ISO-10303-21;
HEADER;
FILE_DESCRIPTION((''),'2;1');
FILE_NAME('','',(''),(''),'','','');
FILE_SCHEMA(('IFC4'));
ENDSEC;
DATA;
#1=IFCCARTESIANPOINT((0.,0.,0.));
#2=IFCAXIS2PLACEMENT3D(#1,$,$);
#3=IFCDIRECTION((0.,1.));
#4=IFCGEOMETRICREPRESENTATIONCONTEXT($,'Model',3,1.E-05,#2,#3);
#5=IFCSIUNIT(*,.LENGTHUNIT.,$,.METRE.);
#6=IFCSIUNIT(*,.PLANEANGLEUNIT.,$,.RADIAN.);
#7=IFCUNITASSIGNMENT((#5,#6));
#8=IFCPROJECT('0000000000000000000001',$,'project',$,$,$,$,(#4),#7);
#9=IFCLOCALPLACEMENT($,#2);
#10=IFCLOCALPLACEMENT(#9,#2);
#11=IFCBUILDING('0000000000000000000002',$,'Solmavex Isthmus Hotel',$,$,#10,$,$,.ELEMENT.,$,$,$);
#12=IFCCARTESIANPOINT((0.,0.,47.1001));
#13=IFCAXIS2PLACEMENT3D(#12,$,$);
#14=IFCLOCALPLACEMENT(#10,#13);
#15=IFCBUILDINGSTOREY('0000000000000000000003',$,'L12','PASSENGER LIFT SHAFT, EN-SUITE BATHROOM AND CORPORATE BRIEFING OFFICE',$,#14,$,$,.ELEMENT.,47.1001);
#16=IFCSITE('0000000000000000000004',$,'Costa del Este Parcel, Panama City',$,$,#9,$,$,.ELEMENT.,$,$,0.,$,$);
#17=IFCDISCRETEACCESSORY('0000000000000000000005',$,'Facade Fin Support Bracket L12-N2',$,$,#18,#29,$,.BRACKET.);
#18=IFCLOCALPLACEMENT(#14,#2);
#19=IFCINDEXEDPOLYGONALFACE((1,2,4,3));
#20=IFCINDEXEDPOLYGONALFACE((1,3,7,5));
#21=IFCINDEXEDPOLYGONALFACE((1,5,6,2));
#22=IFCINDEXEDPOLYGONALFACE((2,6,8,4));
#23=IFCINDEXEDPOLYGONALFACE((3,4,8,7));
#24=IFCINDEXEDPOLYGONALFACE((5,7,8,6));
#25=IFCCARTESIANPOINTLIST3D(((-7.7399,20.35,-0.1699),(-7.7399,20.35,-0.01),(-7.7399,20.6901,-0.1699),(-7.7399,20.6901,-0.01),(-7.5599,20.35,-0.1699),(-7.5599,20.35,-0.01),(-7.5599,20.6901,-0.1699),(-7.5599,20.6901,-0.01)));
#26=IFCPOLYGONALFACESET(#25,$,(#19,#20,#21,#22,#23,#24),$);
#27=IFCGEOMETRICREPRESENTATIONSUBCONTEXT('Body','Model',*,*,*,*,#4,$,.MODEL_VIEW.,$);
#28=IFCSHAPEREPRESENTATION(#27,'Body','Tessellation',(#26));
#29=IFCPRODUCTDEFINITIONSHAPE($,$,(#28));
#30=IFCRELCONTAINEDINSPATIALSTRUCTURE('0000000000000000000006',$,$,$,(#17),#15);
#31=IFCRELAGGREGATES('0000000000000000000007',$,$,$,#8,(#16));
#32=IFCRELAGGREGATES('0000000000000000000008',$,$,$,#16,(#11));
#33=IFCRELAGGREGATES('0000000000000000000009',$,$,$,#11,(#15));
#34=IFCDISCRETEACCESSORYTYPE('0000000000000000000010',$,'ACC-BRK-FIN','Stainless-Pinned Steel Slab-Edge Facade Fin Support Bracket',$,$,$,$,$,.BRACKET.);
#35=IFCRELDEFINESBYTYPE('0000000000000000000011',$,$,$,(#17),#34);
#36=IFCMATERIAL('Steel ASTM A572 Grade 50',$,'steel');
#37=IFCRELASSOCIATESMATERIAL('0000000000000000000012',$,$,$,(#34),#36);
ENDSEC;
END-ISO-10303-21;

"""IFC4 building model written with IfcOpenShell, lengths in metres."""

from ifc_helpers import new_model, si_unit, direction, frame, origin, origin_2d, place, context, subcontext, project, spatial, rectangle, extrude, material, type_object, element, save


model = new_model("IFC4")

# Units and contexts
model_context = context("Model", 3, precision=1e-05, world=origin(), true_north=direction((0.0, 1.0)))
body_context = subcontext(model_context, "Body", "Model", "MODEL_VIEW")
ifc_project = project(units=[si_unit("LENGTHUNIT", "METRE"), si_unit("PLANEANGLEUNIT", "RADIAN")], contexts=[model_context])

# Site, building, storey
site_placement = place(None, origin())
site = spatial("IfcSite", under=ifc_project, at=site_placement, Name="Costa del Este Parcel, Panama City", CompositionType="ELEMENT", RefElevation=0.0)
building_placement = place(site_placement, origin())
building = spatial("IfcBuilding", under=site, at=building_placement, Name="Solmavex Isthmus Hotel", CompositionType="ELEMENT")
storey_placement = place(building_placement, frame((0.0, 0.0, 47.1001)))
storey = spatial("IfcBuildingStorey", under=building, at=storey_placement, Name="L12", Description="PASSENGER LIFT SHAFT, EN-SUITE BATHROOM AND CORPORATE BRIEFING OFFICE", CompositionType="ELEMENT", Elevation=47.1001)

# Discrete accessory
ifc_material_1 = material(Name="Steel ASTM A572 Grade 50", Category="steel")
discrete_accessory_type = type_object("IfcDiscreteAccessoryType", Name="ACC-BRK-FIN", Description="Stainless-Pinned Steel Slab-Edge Facade Fin Support Bracket", PredefinedType="BRACKET", material=ifc_material_1)
discrete_accessory_placement = place(storey_placement, frame((-7.6499, 20.52, -0.1699), z_axis=(0.0, 0.0, 1.0), x_axis=(0.0, 1.0, 0.0)))
element("IfcDiscreteAccessory", 1, at=discrete_accessory_placement, inside=storey, type_object=discrete_accessory_type, Name="Facade Fin Support Bracket L12-N2", PredefinedType="BRACKET", context=body_context, shape_type="SweptSolid", body=[
    extrude(rectangle(XDim=0.3401, YDim=0.1799, at=origin_2d()), origin(), (0.0, 0.0, 1.0), 0.1599),
])

save(model, "model.ifc")
